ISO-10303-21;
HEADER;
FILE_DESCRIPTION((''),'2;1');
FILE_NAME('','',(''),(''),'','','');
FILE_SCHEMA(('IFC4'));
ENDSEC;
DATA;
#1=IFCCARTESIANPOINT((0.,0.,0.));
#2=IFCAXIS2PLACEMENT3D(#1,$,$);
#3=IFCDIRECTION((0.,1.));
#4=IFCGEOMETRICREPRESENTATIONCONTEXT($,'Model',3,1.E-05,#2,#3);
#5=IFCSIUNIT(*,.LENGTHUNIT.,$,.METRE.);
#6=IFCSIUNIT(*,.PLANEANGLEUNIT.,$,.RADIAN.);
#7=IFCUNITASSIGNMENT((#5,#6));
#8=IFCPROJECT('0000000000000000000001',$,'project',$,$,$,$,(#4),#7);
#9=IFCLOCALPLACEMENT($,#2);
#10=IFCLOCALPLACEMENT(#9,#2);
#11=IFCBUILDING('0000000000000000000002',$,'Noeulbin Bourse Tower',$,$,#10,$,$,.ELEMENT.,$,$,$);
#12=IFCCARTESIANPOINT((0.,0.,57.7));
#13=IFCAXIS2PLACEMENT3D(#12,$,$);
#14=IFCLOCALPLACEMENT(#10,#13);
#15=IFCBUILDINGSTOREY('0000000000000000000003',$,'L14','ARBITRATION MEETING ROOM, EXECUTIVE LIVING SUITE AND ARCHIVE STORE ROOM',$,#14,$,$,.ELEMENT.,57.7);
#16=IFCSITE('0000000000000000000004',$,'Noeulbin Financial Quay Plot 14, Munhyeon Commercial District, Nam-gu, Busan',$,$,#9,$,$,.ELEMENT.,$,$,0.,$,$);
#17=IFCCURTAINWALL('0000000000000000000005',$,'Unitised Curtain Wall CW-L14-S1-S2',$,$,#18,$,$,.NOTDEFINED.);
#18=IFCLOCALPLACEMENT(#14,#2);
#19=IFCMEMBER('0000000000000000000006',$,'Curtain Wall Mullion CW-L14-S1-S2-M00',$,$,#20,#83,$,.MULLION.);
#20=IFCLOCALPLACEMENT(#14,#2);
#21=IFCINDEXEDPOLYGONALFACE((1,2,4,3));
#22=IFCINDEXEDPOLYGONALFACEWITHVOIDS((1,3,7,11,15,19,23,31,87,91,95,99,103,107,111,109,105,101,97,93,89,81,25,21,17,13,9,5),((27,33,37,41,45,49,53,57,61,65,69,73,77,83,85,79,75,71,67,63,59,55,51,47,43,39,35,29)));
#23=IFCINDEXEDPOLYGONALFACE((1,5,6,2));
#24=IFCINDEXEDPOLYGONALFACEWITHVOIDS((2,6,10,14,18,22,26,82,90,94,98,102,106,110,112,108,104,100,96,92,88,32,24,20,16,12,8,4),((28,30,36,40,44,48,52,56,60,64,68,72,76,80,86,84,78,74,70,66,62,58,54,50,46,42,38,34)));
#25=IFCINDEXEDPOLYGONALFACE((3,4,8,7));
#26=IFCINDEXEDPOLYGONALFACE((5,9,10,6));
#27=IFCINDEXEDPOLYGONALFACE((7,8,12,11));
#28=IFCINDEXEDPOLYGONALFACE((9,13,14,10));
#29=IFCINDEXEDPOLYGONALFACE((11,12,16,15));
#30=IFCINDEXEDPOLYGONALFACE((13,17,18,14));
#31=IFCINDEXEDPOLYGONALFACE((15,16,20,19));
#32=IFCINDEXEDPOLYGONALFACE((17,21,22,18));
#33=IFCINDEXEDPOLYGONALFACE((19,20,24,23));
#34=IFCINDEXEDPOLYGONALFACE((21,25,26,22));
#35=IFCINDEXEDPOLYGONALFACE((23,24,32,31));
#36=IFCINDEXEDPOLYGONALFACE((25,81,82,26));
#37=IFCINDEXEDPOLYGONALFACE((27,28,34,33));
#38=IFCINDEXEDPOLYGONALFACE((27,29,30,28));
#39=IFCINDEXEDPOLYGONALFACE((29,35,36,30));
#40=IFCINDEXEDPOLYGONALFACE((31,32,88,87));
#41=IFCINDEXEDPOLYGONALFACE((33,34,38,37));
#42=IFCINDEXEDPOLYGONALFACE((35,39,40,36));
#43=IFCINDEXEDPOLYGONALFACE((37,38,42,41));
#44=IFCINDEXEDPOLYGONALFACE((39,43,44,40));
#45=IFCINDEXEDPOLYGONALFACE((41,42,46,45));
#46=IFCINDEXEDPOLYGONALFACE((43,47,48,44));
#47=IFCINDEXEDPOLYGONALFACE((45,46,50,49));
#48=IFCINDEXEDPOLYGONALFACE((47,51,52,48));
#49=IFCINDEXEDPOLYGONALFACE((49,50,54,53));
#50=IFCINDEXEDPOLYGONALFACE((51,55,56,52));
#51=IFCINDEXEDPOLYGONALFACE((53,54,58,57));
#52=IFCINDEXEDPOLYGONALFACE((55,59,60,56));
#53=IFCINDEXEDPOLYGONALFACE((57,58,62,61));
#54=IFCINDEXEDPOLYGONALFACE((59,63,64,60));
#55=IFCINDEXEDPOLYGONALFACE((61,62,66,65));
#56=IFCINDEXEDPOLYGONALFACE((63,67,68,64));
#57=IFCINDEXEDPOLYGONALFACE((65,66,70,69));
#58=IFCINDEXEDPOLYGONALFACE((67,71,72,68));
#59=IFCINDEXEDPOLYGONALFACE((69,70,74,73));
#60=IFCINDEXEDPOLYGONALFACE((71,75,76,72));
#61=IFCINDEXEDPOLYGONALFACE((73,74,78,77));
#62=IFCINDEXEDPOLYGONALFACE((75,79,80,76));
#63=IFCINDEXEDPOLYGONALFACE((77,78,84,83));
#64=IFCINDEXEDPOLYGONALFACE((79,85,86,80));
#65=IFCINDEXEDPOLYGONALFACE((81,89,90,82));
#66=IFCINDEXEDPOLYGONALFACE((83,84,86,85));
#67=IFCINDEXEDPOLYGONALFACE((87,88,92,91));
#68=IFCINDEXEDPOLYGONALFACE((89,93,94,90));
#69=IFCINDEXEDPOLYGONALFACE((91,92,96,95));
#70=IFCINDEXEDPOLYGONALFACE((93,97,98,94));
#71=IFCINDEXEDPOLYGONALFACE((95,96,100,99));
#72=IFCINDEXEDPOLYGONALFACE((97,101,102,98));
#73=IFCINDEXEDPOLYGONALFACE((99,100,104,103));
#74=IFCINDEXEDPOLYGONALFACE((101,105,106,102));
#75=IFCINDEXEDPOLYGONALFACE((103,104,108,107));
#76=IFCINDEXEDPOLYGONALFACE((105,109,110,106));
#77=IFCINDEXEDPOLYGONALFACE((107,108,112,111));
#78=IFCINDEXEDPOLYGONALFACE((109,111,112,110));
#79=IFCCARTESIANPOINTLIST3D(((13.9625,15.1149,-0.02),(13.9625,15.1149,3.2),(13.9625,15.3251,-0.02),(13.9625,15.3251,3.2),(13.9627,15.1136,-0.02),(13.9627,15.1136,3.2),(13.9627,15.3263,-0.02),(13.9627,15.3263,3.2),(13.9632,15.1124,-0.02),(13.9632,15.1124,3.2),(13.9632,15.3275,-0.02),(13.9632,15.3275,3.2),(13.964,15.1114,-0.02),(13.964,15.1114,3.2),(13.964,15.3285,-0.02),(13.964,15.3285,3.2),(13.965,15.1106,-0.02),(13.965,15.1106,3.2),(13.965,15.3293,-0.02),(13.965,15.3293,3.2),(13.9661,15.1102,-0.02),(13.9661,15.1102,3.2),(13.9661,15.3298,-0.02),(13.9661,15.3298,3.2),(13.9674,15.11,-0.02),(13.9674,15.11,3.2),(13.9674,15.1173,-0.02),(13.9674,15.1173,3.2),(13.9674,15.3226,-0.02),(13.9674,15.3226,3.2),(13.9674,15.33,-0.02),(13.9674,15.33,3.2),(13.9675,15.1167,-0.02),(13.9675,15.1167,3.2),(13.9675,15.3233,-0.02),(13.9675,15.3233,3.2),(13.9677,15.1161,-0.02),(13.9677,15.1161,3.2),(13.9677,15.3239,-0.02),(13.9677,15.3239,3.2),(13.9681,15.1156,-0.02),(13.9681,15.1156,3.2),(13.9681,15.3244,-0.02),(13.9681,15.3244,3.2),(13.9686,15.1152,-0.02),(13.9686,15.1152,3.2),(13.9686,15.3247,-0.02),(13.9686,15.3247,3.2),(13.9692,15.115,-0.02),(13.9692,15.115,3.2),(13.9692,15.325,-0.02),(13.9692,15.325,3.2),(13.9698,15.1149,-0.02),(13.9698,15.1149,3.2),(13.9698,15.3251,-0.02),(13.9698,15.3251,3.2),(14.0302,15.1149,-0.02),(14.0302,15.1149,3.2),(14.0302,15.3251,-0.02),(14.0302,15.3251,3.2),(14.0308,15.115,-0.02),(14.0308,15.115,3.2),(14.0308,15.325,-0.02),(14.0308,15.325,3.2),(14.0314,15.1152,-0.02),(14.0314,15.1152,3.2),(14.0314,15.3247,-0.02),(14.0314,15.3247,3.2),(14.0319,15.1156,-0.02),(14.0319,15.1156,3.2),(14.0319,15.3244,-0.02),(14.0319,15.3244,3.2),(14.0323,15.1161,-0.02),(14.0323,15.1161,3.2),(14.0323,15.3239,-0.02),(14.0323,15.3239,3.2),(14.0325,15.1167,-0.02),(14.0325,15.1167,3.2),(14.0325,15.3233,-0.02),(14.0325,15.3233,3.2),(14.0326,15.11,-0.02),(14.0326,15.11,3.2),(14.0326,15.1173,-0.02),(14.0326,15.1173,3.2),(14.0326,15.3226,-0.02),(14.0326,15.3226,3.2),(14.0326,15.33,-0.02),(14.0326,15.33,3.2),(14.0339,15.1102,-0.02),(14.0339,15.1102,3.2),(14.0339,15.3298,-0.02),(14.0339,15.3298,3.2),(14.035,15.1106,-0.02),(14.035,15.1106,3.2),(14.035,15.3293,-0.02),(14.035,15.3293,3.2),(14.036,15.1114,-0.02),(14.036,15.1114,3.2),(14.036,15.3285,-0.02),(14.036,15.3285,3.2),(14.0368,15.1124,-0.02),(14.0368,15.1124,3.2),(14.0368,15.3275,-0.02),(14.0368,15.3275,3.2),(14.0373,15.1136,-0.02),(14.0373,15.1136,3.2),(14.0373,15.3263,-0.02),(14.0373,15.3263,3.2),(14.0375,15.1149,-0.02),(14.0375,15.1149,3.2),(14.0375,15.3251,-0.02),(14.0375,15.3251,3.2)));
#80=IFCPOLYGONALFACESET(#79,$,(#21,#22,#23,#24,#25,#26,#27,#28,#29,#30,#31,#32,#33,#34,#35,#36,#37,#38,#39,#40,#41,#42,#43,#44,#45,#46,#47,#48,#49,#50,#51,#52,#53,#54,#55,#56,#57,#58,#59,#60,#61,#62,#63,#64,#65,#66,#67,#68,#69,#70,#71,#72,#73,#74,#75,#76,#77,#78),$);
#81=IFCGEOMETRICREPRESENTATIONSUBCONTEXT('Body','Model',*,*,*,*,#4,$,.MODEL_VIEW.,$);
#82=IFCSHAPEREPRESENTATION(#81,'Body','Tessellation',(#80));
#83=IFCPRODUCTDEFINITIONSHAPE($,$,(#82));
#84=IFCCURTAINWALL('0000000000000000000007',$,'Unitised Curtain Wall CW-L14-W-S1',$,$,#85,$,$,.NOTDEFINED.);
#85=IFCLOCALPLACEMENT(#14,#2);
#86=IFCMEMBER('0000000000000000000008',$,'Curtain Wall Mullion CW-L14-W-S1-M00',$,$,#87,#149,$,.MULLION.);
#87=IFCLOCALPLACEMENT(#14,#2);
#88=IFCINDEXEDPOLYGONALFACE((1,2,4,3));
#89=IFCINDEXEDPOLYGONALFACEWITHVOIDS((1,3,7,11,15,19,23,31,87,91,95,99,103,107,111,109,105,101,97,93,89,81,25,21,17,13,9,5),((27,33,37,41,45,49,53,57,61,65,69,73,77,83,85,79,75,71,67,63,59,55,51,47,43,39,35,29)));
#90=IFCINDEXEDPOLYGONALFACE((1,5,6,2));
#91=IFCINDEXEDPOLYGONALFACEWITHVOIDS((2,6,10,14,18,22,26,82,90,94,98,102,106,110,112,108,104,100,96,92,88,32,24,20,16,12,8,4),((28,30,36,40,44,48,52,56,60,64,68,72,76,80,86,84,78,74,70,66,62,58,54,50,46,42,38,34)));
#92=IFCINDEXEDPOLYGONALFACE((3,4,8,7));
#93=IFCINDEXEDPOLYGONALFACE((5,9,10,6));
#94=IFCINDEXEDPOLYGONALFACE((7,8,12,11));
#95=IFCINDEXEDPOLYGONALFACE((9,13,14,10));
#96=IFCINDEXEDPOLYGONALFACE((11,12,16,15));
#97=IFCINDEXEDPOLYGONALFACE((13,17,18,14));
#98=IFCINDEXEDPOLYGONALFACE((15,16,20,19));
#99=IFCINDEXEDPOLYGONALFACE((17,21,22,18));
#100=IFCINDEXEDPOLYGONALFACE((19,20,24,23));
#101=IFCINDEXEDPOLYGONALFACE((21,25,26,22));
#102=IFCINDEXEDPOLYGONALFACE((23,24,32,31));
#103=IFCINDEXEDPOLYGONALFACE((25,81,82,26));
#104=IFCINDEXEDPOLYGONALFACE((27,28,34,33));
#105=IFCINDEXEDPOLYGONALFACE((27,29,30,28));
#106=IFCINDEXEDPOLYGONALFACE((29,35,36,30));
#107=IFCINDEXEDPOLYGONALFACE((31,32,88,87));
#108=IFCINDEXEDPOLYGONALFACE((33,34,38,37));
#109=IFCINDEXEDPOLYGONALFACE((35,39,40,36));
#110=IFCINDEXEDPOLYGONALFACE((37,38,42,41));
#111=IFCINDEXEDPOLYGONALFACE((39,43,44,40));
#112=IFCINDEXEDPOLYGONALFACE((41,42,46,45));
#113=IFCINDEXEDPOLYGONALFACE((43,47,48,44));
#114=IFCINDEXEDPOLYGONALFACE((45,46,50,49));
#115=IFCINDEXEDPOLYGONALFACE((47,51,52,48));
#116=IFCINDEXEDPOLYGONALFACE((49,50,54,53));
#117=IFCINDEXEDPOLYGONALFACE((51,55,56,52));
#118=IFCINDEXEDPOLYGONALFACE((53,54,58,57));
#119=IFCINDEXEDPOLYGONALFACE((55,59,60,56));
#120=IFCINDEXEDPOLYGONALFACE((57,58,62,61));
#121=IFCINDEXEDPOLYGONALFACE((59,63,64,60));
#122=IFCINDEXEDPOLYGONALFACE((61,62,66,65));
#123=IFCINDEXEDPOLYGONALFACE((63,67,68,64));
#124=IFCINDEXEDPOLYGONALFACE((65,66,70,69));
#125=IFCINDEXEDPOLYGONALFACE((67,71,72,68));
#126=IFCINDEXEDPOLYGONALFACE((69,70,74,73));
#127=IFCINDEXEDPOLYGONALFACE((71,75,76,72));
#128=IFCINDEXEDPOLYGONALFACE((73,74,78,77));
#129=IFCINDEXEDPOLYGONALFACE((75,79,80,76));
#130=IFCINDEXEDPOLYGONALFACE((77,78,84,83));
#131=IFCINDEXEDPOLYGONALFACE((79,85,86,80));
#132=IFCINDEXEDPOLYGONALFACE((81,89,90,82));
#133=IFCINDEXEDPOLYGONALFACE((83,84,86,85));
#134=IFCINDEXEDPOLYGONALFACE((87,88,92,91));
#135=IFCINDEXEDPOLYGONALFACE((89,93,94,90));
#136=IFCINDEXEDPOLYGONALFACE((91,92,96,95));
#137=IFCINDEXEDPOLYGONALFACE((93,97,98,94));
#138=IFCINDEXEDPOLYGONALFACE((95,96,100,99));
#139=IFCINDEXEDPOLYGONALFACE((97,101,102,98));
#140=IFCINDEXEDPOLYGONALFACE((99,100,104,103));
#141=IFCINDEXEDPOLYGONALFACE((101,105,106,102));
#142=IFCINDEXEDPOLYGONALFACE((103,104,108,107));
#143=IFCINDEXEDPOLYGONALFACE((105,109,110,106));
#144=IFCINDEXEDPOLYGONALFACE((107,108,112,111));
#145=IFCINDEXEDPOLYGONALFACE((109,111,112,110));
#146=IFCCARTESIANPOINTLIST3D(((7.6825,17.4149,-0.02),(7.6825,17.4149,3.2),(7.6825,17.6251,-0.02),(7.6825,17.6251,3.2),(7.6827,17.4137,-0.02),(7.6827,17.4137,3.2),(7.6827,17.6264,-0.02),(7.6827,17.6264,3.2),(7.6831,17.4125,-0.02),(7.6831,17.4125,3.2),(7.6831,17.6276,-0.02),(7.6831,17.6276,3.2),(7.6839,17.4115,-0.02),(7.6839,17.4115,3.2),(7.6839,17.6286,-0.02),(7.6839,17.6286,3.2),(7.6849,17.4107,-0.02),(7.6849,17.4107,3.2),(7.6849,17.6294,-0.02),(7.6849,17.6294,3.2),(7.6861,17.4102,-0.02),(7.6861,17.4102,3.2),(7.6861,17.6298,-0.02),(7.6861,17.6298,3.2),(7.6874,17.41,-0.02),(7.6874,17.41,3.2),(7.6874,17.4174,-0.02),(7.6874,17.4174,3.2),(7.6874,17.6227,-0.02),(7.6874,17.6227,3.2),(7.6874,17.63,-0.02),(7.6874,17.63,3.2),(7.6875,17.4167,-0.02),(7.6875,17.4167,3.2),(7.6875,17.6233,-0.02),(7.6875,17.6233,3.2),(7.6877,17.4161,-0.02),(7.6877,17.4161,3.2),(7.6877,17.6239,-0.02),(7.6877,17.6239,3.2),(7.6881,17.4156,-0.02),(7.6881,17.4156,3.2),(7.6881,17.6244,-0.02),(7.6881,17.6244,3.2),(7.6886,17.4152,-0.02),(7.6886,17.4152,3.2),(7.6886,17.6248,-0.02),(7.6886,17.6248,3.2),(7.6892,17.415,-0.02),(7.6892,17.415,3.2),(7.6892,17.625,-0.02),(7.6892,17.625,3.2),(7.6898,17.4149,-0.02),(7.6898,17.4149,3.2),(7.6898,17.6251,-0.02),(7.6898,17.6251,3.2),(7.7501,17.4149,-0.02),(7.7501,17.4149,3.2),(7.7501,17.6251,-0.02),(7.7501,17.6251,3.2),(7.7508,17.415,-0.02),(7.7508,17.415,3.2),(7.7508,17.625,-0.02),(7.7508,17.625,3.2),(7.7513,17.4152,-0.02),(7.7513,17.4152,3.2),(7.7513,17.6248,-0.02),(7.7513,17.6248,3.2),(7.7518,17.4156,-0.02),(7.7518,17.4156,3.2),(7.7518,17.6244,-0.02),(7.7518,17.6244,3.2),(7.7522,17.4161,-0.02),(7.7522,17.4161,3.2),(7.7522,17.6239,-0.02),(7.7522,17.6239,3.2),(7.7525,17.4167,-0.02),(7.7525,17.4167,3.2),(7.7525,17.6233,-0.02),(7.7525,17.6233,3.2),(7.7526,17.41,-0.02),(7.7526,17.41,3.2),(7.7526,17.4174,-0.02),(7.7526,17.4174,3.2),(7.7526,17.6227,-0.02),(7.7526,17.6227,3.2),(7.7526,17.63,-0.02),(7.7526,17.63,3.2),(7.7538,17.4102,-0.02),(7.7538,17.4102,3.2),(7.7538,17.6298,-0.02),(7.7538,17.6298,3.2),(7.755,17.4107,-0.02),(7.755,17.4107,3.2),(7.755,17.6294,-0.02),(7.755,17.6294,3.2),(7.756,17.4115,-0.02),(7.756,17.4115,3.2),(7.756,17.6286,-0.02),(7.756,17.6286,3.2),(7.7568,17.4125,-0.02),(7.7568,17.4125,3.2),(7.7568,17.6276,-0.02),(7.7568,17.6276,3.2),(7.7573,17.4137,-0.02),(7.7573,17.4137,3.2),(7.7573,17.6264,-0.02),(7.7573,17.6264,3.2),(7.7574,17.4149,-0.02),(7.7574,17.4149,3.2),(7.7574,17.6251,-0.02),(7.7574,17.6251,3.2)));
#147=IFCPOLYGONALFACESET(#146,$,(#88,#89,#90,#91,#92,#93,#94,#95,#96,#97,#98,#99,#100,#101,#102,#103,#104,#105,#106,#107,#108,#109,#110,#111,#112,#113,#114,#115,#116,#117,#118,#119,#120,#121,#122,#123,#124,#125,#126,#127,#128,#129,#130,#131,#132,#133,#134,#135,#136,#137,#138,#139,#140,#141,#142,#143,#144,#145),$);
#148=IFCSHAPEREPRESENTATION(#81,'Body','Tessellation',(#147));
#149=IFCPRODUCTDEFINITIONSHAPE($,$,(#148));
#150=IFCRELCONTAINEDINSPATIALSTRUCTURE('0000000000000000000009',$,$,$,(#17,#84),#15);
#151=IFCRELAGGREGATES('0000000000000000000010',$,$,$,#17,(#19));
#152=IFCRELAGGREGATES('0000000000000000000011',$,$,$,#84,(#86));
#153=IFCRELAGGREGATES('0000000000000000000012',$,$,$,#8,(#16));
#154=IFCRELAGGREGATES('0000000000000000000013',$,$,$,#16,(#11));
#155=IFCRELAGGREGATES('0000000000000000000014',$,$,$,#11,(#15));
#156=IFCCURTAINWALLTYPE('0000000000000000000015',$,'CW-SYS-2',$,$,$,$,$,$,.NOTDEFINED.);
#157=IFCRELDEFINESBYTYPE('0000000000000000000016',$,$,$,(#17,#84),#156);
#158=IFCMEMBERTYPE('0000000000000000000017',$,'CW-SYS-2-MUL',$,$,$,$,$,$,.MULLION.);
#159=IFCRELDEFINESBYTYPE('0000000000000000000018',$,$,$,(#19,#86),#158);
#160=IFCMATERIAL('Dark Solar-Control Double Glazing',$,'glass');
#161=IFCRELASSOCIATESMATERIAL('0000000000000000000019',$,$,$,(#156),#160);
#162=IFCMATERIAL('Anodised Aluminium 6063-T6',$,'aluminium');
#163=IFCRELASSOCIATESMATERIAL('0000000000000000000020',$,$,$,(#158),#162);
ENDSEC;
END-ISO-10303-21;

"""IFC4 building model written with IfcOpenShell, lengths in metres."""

from ifc_helpers import new_model, si_unit, direction, frame, origin, origin_2d, place, context, subcontext, project, spatial, hollow_rectangle, extrude, material, material_profile, profile_set, type_object, element, aggregate, save


model = new_model("IFC4")

# Units and contexts
model_context = context("Model", 3, precision=1e-05, world=origin(), true_north=direction((0.0, 1.0)))
body_context = subcontext(model_context, "Body", "Model", "MODEL_VIEW")
ifc_project = project(units=[si_unit("LENGTHUNIT", "METRE"), si_unit("PLANEANGLEUNIT", "RADIAN")], contexts=[model_context])

# Site, building, storey
site_placement = place(None, origin())
site = spatial("IfcSite", under=ifc_project, at=site_placement, Name="Noeulbin Financial Quay Plot 14, Munhyeon Commercial District, Nam-gu, Busan", CompositionType="ELEMENT", RefElevation=0.0)
building_placement = place(site_placement, origin())
building = spatial("IfcBuilding", under=site, at=building_placement, Name="Noeulbin Bourse Tower", CompositionType="ELEMENT")
storey_placement = place(building_placement, frame((0.0, 0.0, 57.7)))
storey = spatial("IfcBuildingStorey", under=building, at=storey_placement, Name="L14", Description="ARBITRATION MEETING ROOM, EXECUTIVE LIVING SUITE AND ARCHIVE STORE ROOM", CompositionType="ELEMENT", Elevation=57.7)

# Shared definitions
ifc_material_1 = material(Name="Dark Solar-Control Double Glazing", Category="glass")
curtain_wall_type = type_object("IfcCurtainWallType", Name="CW-SYS-2", PredefinedType="NOTDEFINED", material=ifc_material_1)
ifc_material_2 = material(Name="Anodised Aluminium 6063-T6", Category="aluminium")
ifc_material_profile_1 = material_profile(ifc_material_2, hollow_rectangle(XDim=0.075, YDim=0.22, WallThickness=0.0049, InnerFilletRadius=0.0024, OuterFilletRadius=0.0049, at=origin_2d()), Name="ALU-MULL-75x220x5", Category="LoadBearing")
ifc_profile_set_1 = profile_set([ifc_material_profile_1], Name="Anodised Aluminium 6063-T6")
member_type_1 = type_object("IfcMemberType", Name="CW-SYS-2-MUL", PredefinedType="MULLION", material=ifc_profile_set_1)

# Curtain walls, members
curtain_wall_1_placement = place(storey_placement, origin())
curtain_wall_1 = element("IfcCurtainWall", 1, at=curtain_wall_1_placement, inside=storey, type_object=curtain_wall_type, Name="Unitised Curtain Wall CW-L14-S1-S2", PredefinedType="NOTDEFINED")
member_1_placement = place(storey_placement, frame((14.0, 15.22, -0.02), z_axis=(0.0, 0.0, 1.0), x_axis=(1.0, 0.0, 0.0)))
member_1 = element("IfcMember", 2, at=member_1_placement, type_object=member_type_1, Name="Curtain Wall Mullion CW-L14-S1-S2-M00", PredefinedType="MULLION", context=body_context, shape_type="SweptSolid", body=[
    extrude(hollow_rectangle(XDim=0.075, YDim=0.22, WallThickness=0.0049, InnerFilletRadius=0.0024, OuterFilletRadius=0.0049, at=origin_2d()), origin(), (0.0, 0.0, 1.0), 3.22),
])
curtain_wall_2_placement = place(storey_placement, origin())
curtain_wall_2 = element("IfcCurtainWall", 3, at=curtain_wall_2_placement, inside=storey, type_object=curtain_wall_type, Name="Unitised Curtain Wall CW-L14-W-S1", PredefinedType="NOTDEFINED")
member_2_placement = place(storey_placement, frame((7.72, 17.52, -0.02), z_axis=(0.0, 0.0, 1.0), x_axis=(1.0, 0.0, 0.0)))
member_2 = element("IfcMember", 4, at=member_2_placement, type_object=member_type_1, Name="Curtain Wall Mullion CW-L14-W-S1-M00", PredefinedType="MULLION", context=body_context, shape_type="SweptSolid", body=[
    extrude(hollow_rectangle(XDim=0.075, YDim=0.22, WallThickness=0.0049, InnerFilletRadius=0.0024, OuterFilletRadius=0.0049, at=origin_2d()), origin(), (0.0, 0.0, 1.0), 3.22),
])

aggregate(curtain_wall_1, [member_1])
aggregate(curtain_wall_2, [member_2])

save(model, "model.ifc")
